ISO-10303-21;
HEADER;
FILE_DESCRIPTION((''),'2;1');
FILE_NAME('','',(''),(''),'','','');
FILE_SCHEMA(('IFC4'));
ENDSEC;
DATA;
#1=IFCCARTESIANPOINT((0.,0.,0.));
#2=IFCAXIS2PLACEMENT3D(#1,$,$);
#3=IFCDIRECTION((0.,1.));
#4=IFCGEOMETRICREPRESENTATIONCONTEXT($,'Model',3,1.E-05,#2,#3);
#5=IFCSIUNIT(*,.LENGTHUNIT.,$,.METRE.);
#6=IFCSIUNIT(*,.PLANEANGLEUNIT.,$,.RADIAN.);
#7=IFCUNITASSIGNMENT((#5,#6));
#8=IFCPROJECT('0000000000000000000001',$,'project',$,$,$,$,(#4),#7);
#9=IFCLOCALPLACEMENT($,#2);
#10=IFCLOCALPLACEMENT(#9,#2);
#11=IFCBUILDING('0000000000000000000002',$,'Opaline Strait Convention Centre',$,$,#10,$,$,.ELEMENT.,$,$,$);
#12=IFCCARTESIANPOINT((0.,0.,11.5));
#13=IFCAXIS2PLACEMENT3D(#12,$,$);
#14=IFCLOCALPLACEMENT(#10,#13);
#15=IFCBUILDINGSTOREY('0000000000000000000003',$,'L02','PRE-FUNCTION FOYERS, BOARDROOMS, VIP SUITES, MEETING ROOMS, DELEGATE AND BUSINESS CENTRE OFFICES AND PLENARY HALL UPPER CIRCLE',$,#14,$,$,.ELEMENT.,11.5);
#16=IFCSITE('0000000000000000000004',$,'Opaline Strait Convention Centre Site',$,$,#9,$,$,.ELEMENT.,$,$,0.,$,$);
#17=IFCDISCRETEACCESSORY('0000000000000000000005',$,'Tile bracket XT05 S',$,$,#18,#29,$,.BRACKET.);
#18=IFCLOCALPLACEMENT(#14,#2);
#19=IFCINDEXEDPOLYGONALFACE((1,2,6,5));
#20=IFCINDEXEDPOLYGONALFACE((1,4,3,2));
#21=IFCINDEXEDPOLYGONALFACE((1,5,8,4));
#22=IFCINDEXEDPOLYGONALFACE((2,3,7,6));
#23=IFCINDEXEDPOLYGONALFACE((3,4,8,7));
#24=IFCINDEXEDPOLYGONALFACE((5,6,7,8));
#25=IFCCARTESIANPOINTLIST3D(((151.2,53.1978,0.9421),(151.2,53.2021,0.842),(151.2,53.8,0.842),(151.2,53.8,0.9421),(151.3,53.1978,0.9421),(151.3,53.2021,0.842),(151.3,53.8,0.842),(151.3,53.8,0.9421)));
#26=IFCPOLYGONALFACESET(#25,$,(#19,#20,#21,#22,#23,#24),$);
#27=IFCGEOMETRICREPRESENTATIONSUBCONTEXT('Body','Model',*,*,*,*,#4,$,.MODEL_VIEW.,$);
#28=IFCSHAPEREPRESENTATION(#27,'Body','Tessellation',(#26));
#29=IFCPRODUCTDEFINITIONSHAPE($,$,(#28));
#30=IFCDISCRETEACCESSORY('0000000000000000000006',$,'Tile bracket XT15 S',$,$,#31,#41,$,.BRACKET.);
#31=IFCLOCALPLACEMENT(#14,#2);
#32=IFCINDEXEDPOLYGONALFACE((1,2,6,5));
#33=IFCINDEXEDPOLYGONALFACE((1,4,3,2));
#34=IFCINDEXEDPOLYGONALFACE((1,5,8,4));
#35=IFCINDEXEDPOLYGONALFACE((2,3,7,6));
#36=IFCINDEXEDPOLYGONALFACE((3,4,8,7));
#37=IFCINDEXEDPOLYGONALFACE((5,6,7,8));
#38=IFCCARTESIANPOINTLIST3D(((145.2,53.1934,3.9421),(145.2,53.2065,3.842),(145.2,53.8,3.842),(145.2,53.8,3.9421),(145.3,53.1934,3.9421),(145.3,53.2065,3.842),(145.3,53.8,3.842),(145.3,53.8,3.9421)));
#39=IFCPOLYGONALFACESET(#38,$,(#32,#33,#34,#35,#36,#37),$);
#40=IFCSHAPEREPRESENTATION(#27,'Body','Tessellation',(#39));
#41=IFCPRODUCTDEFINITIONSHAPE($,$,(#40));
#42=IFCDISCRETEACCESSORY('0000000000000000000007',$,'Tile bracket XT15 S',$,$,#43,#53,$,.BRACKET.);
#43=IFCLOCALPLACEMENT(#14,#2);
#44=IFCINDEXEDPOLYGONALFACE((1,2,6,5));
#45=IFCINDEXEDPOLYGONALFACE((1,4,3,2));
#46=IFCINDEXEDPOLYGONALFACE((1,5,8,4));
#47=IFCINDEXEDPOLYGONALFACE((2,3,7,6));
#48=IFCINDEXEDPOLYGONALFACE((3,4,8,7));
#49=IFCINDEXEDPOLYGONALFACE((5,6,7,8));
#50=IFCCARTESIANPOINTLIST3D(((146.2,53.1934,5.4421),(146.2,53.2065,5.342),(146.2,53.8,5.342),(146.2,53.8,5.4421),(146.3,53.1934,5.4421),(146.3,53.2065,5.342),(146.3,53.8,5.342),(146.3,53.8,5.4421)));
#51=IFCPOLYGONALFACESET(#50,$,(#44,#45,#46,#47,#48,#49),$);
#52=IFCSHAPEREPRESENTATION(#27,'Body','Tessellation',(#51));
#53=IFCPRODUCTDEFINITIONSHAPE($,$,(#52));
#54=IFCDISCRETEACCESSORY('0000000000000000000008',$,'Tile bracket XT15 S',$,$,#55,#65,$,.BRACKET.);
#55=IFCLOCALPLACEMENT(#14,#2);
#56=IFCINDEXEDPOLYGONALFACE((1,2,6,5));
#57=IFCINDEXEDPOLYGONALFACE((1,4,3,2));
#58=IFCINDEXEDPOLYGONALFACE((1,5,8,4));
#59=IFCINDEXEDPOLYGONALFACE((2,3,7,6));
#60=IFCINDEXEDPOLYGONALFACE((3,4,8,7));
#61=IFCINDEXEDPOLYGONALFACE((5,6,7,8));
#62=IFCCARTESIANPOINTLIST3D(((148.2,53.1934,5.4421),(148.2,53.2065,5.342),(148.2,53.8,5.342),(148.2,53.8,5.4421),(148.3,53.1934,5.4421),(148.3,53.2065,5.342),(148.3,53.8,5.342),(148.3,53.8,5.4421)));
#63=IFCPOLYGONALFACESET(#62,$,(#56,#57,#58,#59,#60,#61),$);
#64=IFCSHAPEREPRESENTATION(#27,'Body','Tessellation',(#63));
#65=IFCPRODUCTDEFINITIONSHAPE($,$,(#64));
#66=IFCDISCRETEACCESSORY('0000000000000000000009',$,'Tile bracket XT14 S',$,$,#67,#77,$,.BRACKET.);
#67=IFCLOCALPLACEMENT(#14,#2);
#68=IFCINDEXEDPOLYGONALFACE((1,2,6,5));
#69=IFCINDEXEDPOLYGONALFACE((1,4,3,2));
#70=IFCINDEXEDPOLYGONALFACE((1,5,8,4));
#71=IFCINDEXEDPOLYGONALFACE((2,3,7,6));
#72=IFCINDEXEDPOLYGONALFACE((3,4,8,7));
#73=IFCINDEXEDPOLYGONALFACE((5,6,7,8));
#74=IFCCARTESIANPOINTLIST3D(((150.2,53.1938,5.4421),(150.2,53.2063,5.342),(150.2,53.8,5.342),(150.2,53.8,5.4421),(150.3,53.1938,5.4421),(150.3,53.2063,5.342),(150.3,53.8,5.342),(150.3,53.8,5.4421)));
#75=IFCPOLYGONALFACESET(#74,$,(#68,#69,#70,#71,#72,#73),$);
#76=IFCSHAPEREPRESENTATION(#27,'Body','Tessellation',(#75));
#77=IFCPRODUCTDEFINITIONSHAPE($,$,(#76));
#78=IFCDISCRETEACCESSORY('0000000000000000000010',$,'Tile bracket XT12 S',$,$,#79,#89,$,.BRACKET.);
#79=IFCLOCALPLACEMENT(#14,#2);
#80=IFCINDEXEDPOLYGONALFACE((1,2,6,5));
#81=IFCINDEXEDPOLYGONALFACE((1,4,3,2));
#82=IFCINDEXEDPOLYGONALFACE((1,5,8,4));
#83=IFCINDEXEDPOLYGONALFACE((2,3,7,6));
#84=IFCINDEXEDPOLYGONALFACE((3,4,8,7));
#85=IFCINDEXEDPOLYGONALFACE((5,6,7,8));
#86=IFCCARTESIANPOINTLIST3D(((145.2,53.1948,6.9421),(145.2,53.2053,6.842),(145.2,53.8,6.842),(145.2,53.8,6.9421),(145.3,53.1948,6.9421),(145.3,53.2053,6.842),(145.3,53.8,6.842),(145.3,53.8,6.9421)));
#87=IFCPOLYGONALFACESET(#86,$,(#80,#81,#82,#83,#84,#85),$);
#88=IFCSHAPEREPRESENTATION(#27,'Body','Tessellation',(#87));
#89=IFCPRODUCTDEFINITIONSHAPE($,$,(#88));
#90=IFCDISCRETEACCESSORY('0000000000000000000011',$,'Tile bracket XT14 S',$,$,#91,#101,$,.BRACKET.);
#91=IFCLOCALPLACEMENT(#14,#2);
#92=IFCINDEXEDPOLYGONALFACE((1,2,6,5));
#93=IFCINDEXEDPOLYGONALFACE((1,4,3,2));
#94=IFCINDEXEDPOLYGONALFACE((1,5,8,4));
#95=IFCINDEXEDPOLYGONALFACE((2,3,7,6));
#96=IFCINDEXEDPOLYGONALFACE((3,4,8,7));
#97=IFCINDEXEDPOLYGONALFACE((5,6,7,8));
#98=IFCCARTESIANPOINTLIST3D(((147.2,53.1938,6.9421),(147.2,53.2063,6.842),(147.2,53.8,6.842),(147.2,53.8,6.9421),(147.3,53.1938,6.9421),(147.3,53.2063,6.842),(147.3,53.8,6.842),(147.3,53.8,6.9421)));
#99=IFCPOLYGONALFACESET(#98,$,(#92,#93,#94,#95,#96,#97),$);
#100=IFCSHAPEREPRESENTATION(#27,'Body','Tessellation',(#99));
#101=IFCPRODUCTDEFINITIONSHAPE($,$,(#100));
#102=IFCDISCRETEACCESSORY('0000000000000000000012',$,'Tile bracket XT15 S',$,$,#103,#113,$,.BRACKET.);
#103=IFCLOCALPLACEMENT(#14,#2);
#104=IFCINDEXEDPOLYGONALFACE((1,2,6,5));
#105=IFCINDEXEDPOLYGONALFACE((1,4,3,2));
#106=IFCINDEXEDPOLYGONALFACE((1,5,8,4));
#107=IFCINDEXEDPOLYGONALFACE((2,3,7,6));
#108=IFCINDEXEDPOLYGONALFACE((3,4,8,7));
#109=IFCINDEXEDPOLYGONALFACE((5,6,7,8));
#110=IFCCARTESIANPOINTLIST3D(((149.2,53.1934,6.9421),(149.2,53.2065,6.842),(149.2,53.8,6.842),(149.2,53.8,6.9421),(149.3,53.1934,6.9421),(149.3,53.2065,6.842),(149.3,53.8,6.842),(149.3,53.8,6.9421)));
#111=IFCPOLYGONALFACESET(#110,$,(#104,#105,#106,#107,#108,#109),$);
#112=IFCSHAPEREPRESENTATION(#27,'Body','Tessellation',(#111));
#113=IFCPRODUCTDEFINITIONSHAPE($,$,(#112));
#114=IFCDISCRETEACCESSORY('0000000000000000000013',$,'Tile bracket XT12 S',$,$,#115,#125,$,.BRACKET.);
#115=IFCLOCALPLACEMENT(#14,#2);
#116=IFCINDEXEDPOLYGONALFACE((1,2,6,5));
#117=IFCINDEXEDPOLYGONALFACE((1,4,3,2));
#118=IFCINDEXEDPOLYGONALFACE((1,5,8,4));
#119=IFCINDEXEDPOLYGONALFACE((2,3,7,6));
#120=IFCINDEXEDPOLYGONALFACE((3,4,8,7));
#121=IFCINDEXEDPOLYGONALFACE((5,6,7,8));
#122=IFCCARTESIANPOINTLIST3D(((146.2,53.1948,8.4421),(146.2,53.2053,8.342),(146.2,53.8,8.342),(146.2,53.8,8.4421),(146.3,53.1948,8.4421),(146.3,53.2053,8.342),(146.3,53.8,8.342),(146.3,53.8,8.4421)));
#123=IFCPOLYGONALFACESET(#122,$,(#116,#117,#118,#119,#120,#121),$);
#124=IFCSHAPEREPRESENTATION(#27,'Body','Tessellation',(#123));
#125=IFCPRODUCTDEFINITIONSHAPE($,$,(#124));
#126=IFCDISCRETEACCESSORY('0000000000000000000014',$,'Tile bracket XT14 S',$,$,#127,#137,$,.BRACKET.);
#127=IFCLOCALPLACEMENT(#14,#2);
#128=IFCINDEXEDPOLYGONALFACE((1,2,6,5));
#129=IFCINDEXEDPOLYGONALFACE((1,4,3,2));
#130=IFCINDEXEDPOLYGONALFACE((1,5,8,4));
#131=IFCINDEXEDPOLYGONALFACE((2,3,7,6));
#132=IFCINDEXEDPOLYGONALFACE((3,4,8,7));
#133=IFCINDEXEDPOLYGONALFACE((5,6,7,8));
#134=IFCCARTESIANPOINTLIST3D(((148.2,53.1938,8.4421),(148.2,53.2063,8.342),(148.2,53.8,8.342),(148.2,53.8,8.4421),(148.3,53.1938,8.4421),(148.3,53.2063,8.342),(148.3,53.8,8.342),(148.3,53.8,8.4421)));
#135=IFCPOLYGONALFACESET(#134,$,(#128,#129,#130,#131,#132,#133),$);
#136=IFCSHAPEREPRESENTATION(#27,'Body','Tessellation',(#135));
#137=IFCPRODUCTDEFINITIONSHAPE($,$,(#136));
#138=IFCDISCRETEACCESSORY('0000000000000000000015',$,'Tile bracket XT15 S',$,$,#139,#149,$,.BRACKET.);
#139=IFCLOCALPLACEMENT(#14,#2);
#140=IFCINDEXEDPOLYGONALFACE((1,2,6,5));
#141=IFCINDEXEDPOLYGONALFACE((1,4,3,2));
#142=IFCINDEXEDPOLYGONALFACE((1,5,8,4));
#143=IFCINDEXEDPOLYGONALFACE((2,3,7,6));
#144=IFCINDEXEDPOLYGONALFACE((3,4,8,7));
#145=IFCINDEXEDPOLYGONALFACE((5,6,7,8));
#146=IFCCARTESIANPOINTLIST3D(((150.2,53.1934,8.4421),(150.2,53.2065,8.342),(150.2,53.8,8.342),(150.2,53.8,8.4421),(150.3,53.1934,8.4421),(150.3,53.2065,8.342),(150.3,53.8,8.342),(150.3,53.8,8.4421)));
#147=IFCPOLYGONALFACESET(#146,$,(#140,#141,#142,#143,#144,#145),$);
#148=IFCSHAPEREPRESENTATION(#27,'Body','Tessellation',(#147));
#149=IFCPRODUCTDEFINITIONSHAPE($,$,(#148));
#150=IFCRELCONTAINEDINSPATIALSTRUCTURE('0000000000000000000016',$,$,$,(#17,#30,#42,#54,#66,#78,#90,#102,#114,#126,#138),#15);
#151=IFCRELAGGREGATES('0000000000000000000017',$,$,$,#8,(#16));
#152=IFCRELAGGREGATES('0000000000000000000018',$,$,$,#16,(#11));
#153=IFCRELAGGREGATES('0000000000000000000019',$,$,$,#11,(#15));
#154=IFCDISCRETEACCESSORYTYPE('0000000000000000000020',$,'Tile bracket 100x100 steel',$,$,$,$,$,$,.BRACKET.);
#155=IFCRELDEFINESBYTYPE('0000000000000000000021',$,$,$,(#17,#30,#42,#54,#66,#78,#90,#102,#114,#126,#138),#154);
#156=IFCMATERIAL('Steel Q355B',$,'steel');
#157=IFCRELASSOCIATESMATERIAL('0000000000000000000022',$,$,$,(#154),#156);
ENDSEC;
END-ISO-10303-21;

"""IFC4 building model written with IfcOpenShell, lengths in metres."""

from ifc_helpers import new_model, si_unit, direction, frame, origin, place, context, subcontext, project, spatial, polyline, outline, extrude, material, type_object, element, save


model = new_model("IFC4")

# Units and contexts
model_context = context("Model", 3, precision=1e-05, world=origin(), true_north=direction((0.0, 1.0)))
body_context = subcontext(model_context, "Body", "Model", "MODEL_VIEW")
ifc_project = project(units=[si_unit("LENGTHUNIT", "METRE"), si_unit("PLANEANGLEUNIT", "RADIAN")], contexts=[model_context])

# Site, building, storey
site_placement = place(None, origin())
site = spatial("IfcSite", under=ifc_project, at=site_placement, Name="Opaline Strait Convention Centre Site", CompositionType="ELEMENT", RefElevation=0.0)
building_placement = place(site_placement, origin())
building = spatial("IfcBuilding", under=site, at=building_placement, Name="Opaline Strait Convention Centre", CompositionType="ELEMENT")
storey_placement = place(building_placement, frame((0.0, 0.0, 11.5)))
storey = spatial("IfcBuildingStorey", under=building, at=storey_placement, Name="L02", Description="PRE-FUNCTION FOYERS, BOARDROOMS, VIP SUITES, MEETING ROOMS, DELEGATE AND BUSINESS CENTRE OFFICES AND PLENARY HALL UPPER CIRCLE", CompositionType="ELEMENT", Elevation=11.5)

# Discrete accessories
ifc_material_1 = material(Name="Steel Q355B", Category="steel")
discrete_accessory_type = type_object("IfcDiscreteAccessoryType", Name="Tile bracket 100x100 steel", PredefinedType="BRACKET", material=ifc_material_1)
discrete_accessory_1_placement = place(storey_placement, frame((151.2, 53.8, 0.8921), z_axis=(1.0, 0.0, 0.0), x_axis=(0.0, 1.0, 0.0)))
element("IfcDiscreteAccessory", 1, at=discrete_accessory_1_placement, inside=storey, type_object=discrete_accessory_type, Name="Tile bracket XT05 S", PredefinedType="BRACKET", context=body_context, shape_type="SweptSolid", body=[
    extrude(outline(polyline([(0.0, -0.05), (0.0, 0.05), (-0.6023, 0.05), (-0.5979, -0.05), (0.0, -0.05)])), origin(), (0.0, 0.0, 1.0), 0.1001),
])
for number, where, z_axis, x_axis, name in (
    (2, (145.2, 53.8, 3.8921), (1.0, 0.0, 0.0), (0.0, 1.0, 0.0), "Tile bracket XT15 S"),
    (3, (146.2, 53.8, 5.3921), (1.0, 0.0, 0.0), (0.0, 1.0, 0.0), "Tile bracket XT15 S"),
    (4, (148.2, 53.8, 5.3921), (1.0, 0.0, 0.0), (0.0, 1.0, 0.0), "Tile bracket XT15 S"),
):
    element("IfcDiscreteAccessory", number, at=place(storey_placement, frame(where, z_axis=z_axis, x_axis=x_axis)), inside=storey, type_object=discrete_accessory_type, Name=name, PredefinedType="BRACKET", context=body_context, shape_type="SweptSolid", body=[
        extrude(outline(polyline([(0.0, -0.05), (0.0, 0.05), (-0.6067, 0.05), (-0.5935, -0.05), (0.0, -0.05)])), origin(), (0.0, 0.0, 1.0), 0.1001),
    ])
discrete_accessory_2_placement = place(storey_placement, frame((150.2, 53.8, 5.3921), z_axis=(1.0, 0.0, 0.0), x_axis=(0.0, 1.0, 0.0)))
element("IfcDiscreteAccessory", 5, at=discrete_accessory_2_placement, inside=storey, type_object=discrete_accessory_type, Name="Tile bracket XT14 S", PredefinedType="BRACKET", context=body_context, shape_type="SweptSolid", body=[
    extrude(outline(polyline([(0.0, -0.05), (0.0, 0.05), (-0.6062, 0.05), (-0.5938, -0.05), (0.0, -0.05)])), origin(), (0.0, 0.0, 1.0), 0.1001),
])
discrete_accessory_3_placement = place(storey_placement, frame((145.2, 53.8, 6.8921), z_axis=(1.0, 0.0, 0.0), x_axis=(0.0, 1.0, 0.0)))
element("IfcDiscreteAccessory", 6, at=discrete_accessory_3_placement, inside=storey, type_object=discrete_accessory_type, Name="Tile bracket XT12 S", PredefinedType="BRACKET", context=body_context, shape_type="SweptSolid", body=[
    extrude(outline(polyline([(0.0, -0.05), (0.0, 0.05), (-0.6052, 0.05), (-0.5947, -0.05), (0.0, -0.05)])), origin(), (0.0, 0.0, 1.0), 0.1001),
])
discrete_accessory_4_placement = place(storey_placement, frame((147.2, 53.8, 6.8921), z_axis=(1.0, 0.0, 0.0), x_axis=(0.0, 1.0, 0.0)))
element("IfcDiscreteAccessory", 7, at=discrete_accessory_4_placement, inside=storey, type_object=discrete_accessory_type, Name="Tile bracket XT14 S", PredefinedType="BRACKET", context=body_context, shape_type="SweptSolid", body=[
    extrude(outline(polyline([(0.0, -0.05), (0.0, 0.05), (-0.6062, 0.05), (-0.5938, -0.05), (0.0, -0.05)])), origin(), (0.0, 0.0, 1.0), 0.1001),
])
discrete_accessory_5_placement = place(storey_placement, frame((149.2, 53.8, 6.8921), z_axis=(1.0, 0.0, 0.0), x_axis=(0.0, 1.0, 0.0)))
element("IfcDiscreteAccessory", 8, at=discrete_accessory_5_placement, inside=storey, type_object=discrete_accessory_type, Name="Tile bracket XT15 S", PredefinedType="BRACKET", context=body_context, shape_type="SweptSolid", body=[
    extrude(outline(polyline([(0.0, -0.05), (0.0, 0.05), (-0.6067, 0.05), (-0.5935, -0.05), (0.0, -0.05)])), origin(), (0.0, 0.0, 1.0), 0.1001),
])
discrete_accessory_6_placement = place(storey_placement, frame((146.2, 53.8, 8.3921), z_axis=(1.0, 0.0, 0.0), x_axis=(0.0, 1.0, 0.0)))
element("IfcDiscreteAccessory", 9, at=discrete_accessory_6_placement, inside=storey, type_object=discrete_accessory_type, Name="Tile bracket XT12 S", PredefinedType="BRACKET", context=body_context, shape_type="SweptSolid", body=[
    extrude(outline(polyline([(0.0, -0.05), (0.0, 0.05), (-0.6052, 0.05), (-0.5947, -0.05), (0.0, -0.05)])), origin(), (0.0, 0.0, 1.0), 0.1001),
])
discrete_accessory_7_placement = place(storey_placement, frame((148.2, 53.8, 8.3921), z_axis=(1.0, 0.0, 0.0), x_axis=(0.0, 1.0, 0.0)))
element("IfcDiscreteAccessory", 10, at=discrete_accessory_7_placement, inside=storey, type_object=discrete_accessory_type, Name="Tile bracket XT14 S", PredefinedType="BRACKET", context=body_context, shape_type="SweptSolid", body=[
    extrude(outline(polyline([(0.0, -0.05), (0.0, 0.05), (-0.6062, 0.05), (-0.5938, -0.05), (0.0, -0.05)])), origin(), (0.0, 0.0, 1.0), 0.1001),
])
discrete_accessory_8_placement = place(storey_placement, frame((150.2, 53.8, 8.3921), z_axis=(1.0, 0.0, 0.0), x_axis=(0.0, 1.0, 0.0)))
element("IfcDiscreteAccessory", 11, at=discrete_accessory_8_placement, inside=storey, type_object=discrete_accessory_type, Name="Tile bracket XT15 S", PredefinedType="BRACKET", context=body_context, shape_type="SweptSolid", body=[
    extrude(outline(polyline([(0.0, -0.05), (0.0, 0.05), (-0.6067, 0.05), (-0.5935, -0.05), (0.0, -0.05)])), origin(), (0.0, 0.0, 1.0), 0.1001),
])

save(model, "model.ifc")
